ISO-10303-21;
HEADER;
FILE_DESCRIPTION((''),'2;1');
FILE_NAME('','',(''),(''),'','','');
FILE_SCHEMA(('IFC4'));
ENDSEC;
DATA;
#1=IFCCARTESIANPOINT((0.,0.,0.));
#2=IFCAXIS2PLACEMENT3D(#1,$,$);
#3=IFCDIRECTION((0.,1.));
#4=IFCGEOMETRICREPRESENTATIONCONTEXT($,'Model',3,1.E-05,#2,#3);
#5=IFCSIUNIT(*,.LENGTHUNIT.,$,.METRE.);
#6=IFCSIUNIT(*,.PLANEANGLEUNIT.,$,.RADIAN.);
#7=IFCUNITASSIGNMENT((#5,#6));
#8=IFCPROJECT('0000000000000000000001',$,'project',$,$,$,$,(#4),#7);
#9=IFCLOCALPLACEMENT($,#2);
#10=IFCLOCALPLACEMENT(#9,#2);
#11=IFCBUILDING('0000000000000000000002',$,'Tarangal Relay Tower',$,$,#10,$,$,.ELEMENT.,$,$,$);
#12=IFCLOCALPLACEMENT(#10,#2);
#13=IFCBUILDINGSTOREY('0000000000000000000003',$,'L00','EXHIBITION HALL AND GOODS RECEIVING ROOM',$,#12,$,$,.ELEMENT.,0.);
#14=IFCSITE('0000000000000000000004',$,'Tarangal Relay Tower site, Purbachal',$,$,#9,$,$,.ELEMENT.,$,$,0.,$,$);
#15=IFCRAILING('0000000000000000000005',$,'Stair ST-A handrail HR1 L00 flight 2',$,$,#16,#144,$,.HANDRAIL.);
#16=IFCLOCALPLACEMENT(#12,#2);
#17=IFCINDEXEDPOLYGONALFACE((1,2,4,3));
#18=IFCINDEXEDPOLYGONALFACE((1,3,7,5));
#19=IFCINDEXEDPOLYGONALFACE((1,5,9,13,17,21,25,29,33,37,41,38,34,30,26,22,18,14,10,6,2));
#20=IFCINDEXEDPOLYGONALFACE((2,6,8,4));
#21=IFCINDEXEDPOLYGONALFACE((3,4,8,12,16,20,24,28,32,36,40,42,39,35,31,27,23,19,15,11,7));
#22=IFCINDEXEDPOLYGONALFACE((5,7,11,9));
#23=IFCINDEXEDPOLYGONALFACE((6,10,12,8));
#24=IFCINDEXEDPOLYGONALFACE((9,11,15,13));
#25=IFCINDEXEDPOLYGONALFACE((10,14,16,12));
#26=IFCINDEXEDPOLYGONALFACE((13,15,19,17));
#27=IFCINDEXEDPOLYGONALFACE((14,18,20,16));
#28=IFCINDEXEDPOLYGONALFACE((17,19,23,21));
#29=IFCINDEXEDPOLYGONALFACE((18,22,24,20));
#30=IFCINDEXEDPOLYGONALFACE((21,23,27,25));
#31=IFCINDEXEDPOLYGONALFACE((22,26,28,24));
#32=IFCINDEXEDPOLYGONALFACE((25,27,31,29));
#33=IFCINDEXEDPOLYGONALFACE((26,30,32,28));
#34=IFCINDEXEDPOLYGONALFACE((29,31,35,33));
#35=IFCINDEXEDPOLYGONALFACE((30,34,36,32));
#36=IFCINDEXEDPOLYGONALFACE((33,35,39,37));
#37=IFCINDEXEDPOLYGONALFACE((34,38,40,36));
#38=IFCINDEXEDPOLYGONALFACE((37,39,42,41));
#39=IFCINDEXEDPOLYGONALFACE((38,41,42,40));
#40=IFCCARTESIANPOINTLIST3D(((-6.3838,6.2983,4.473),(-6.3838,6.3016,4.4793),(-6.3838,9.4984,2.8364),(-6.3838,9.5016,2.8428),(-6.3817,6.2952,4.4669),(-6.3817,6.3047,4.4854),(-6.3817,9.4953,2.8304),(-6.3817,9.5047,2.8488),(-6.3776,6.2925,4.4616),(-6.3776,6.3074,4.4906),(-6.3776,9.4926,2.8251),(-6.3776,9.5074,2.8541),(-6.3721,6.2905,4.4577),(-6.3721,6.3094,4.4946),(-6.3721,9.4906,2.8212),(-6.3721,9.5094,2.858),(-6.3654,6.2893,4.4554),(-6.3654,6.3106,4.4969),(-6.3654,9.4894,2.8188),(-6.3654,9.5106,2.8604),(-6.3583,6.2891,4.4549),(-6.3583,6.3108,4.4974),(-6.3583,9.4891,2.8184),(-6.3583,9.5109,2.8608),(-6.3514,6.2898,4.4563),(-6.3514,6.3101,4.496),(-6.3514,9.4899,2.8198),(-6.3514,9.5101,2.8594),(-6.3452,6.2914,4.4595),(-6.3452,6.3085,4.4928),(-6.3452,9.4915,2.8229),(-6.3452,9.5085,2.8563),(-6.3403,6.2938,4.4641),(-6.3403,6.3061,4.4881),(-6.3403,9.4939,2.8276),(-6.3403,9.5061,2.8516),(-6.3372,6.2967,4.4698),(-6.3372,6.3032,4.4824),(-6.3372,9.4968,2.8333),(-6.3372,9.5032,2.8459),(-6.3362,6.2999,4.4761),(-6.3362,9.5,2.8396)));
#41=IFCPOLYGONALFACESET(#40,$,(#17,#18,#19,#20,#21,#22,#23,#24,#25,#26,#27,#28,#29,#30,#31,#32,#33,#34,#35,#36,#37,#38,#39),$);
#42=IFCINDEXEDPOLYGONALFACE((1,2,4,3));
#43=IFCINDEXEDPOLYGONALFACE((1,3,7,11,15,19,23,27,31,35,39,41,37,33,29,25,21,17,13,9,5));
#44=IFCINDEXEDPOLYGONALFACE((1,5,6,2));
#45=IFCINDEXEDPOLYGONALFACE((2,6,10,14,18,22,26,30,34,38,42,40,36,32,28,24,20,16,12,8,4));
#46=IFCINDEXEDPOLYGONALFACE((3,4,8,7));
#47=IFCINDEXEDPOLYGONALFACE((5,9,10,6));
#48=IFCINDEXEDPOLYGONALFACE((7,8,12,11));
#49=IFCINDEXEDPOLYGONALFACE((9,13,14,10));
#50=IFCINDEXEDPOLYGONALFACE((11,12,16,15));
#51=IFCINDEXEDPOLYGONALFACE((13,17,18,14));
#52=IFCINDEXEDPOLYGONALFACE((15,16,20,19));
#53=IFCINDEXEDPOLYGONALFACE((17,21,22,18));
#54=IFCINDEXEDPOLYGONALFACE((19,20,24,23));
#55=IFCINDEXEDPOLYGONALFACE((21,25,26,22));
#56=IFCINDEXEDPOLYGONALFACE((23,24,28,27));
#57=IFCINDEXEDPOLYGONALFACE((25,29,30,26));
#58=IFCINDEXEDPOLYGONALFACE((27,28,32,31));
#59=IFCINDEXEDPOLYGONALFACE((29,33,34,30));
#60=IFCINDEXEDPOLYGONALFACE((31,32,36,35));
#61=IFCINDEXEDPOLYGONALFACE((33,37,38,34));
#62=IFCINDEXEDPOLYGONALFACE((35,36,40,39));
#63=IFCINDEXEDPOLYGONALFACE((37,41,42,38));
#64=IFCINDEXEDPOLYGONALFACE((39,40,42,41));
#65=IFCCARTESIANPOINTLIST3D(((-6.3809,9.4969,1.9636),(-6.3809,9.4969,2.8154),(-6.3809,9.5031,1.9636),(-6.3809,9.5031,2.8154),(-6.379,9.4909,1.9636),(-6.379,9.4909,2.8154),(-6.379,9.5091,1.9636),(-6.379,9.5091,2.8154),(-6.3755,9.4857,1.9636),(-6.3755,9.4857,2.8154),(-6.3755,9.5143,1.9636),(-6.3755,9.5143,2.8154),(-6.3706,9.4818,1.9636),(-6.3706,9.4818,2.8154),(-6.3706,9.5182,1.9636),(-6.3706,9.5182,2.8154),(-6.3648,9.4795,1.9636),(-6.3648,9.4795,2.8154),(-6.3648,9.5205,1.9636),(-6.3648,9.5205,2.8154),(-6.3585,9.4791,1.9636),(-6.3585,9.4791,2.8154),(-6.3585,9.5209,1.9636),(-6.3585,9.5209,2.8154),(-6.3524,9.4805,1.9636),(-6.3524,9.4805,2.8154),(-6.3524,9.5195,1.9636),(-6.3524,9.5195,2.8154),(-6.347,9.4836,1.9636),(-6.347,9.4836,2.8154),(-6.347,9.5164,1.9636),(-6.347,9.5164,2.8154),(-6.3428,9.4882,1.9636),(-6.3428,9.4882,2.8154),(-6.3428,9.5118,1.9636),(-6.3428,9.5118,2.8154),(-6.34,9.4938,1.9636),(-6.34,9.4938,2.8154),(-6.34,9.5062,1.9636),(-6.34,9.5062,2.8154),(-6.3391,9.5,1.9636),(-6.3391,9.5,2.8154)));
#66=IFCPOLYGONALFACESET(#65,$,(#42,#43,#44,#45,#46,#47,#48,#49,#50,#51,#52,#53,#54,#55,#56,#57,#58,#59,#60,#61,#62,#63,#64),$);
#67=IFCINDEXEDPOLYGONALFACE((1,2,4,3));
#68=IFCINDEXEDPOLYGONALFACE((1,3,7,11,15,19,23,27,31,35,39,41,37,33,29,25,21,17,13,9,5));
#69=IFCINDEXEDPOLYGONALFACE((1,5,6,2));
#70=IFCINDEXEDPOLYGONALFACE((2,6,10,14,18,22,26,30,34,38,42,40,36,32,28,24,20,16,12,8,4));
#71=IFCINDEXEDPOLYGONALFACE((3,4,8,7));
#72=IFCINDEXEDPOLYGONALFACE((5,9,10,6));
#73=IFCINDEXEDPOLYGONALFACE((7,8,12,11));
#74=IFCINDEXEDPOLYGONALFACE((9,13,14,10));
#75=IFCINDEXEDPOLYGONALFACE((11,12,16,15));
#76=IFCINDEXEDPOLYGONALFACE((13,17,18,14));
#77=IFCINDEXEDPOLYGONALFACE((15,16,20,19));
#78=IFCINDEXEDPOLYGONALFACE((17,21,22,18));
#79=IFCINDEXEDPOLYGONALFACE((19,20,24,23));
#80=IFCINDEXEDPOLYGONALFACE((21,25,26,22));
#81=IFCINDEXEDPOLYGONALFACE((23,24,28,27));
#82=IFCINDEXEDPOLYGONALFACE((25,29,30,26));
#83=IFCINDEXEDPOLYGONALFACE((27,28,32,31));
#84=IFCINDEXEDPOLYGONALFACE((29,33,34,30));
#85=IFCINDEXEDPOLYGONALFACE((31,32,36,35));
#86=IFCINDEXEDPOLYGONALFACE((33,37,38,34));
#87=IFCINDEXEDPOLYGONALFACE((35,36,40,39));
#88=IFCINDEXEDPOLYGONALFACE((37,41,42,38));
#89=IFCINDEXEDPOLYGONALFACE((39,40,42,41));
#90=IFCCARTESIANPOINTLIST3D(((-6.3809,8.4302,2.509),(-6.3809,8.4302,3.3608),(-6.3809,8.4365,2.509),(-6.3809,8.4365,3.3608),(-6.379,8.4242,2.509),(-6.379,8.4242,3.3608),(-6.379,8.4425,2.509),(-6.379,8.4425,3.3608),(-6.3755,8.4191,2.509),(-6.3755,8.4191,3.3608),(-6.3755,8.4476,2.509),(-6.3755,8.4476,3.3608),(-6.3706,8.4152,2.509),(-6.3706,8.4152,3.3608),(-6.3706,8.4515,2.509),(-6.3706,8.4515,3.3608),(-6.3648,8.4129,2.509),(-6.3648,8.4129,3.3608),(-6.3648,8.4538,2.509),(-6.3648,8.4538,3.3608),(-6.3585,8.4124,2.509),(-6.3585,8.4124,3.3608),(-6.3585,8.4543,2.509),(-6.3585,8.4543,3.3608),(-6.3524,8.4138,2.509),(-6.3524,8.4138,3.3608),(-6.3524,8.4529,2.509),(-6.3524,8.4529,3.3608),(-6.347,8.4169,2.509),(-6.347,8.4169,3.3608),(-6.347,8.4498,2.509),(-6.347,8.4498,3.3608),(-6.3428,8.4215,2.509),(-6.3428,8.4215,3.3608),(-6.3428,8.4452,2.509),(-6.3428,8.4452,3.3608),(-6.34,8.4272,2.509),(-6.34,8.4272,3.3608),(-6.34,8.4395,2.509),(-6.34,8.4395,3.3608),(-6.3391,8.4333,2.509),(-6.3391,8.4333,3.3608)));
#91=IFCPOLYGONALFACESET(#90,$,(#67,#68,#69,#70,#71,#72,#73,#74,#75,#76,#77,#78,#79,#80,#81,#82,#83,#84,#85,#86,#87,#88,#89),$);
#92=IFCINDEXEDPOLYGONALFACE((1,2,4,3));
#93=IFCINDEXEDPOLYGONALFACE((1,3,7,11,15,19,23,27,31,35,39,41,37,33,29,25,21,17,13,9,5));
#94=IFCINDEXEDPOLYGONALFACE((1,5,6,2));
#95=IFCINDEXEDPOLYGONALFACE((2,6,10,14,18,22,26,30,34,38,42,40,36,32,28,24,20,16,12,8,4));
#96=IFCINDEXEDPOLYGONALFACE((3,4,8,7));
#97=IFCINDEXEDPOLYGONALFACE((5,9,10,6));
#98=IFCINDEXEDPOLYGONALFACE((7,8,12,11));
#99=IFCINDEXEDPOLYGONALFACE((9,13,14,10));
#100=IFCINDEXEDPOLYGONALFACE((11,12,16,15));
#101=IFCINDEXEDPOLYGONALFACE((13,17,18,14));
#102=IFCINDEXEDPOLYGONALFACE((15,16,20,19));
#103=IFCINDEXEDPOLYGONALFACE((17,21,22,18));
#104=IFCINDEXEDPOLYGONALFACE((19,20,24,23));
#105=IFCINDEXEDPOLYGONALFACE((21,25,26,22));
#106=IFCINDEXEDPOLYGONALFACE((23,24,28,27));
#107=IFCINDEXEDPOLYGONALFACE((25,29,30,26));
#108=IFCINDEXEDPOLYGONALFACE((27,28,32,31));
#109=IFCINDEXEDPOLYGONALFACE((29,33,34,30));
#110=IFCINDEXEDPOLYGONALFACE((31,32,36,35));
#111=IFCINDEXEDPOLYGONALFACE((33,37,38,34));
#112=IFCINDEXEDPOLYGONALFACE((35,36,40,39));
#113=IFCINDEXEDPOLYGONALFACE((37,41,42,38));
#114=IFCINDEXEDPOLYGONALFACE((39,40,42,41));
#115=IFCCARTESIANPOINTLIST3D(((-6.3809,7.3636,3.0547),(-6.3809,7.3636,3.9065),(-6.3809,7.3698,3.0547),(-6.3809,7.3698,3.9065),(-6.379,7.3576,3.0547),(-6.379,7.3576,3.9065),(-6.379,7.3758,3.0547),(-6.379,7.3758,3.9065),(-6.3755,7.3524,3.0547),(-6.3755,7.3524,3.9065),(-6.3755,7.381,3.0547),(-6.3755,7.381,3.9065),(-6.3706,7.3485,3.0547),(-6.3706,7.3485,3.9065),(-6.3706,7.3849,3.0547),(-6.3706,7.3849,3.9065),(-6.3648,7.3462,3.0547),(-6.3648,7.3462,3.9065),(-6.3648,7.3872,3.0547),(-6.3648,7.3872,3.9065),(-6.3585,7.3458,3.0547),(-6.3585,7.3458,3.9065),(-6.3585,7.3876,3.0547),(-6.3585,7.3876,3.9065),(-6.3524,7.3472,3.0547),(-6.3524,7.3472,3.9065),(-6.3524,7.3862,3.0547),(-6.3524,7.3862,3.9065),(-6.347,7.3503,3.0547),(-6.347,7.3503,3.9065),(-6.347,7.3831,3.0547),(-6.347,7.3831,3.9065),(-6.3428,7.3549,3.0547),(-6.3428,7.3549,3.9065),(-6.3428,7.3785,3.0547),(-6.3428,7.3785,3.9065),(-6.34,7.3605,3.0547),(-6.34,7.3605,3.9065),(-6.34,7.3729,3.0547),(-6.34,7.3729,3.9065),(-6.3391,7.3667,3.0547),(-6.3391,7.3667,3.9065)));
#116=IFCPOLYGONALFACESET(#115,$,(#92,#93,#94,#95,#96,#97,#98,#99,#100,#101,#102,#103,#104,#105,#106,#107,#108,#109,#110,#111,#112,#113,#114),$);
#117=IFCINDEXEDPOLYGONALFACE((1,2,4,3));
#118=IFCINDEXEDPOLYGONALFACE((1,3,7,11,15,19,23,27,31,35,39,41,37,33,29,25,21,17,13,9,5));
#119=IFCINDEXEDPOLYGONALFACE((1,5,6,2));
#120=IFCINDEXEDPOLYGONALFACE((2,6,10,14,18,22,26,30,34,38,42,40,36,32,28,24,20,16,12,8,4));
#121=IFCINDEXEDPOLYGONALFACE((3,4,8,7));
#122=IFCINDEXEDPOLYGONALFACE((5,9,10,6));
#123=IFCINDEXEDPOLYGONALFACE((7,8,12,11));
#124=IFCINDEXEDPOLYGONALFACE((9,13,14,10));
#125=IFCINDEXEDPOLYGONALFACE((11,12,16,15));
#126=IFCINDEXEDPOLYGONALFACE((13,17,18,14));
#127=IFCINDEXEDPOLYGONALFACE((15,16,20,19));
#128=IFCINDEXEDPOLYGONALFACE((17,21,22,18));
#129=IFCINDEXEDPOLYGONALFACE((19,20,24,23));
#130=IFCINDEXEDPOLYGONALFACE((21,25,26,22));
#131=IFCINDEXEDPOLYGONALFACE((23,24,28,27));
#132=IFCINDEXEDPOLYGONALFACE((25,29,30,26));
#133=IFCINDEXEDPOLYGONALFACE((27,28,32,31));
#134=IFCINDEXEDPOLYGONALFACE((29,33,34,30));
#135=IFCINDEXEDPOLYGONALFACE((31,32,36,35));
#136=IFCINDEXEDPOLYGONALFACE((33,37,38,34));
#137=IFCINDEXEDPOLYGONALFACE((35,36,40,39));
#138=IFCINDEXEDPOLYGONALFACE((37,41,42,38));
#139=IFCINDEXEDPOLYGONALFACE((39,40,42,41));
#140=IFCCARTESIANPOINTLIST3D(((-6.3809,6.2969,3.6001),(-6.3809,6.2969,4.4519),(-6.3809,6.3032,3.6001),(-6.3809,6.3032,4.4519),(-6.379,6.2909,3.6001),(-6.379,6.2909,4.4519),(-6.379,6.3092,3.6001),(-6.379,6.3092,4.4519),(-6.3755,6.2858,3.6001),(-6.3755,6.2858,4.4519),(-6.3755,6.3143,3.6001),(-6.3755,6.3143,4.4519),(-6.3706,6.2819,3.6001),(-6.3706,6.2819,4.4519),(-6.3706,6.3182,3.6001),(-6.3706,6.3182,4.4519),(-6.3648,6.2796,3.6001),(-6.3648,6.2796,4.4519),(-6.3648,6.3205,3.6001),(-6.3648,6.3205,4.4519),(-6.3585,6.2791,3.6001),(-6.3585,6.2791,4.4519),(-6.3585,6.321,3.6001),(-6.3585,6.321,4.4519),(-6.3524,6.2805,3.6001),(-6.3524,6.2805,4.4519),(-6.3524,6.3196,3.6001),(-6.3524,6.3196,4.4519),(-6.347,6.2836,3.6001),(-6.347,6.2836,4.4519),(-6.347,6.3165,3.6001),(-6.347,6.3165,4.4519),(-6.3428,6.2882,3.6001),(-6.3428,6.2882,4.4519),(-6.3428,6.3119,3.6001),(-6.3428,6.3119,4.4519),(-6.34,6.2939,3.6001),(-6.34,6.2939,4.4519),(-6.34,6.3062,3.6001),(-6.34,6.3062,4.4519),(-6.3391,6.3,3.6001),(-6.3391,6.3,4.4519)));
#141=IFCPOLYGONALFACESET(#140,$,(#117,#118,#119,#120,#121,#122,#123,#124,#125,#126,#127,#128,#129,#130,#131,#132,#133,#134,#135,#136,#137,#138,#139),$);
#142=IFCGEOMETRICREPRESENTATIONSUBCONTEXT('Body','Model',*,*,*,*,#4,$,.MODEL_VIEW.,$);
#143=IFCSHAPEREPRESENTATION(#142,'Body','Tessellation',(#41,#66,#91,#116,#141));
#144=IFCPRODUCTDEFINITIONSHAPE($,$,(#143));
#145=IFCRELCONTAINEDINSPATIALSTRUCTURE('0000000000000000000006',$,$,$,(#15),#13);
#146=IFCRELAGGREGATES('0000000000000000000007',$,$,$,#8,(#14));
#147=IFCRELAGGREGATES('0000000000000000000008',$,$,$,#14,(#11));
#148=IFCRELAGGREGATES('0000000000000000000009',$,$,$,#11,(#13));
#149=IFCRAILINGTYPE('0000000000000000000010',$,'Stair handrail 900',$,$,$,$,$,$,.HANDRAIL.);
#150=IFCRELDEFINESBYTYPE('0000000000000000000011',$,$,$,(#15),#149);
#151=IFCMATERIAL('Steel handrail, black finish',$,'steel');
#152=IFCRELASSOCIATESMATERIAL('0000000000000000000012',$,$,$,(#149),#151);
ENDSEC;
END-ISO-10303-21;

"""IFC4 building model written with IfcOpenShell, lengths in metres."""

from ifc_helpers import new_model, si_unit, direction, frame, origin, origin_2d, place, context, subcontext, project, spatial, circle, extrude, material, type_object, element, save


model = new_model("IFC4")

# Units and contexts
model_context = context("Model", 3, precision=1e-05, world=origin(), true_north=direction((0.0, 1.0)))
body_context = subcontext(model_context, "Body", "Model", "MODEL_VIEW")
ifc_project = project(units=[si_unit("LENGTHUNIT", "METRE"), si_unit("PLANEANGLEUNIT", "RADIAN")], contexts=[model_context])

# Site, building, storey
site_placement = place(None, origin())
site = spatial("IfcSite", under=ifc_project, at=site_placement, Name="Tarangal Relay Tower site, Purbachal", CompositionType="ELEMENT", RefElevation=0.0)
building_placement = place(site_placement, origin())
building = spatial("IfcBuilding", under=site, at=building_placement, Name="Tarangal Relay Tower", CompositionType="ELEMENT")
storey_placement = place(building_placement, origin())
storey = spatial("IfcBuildingStorey", under=building, at=storey_placement, Name="L00", Description="EXHIBITION HALL AND GOODS RECEIVING ROOM", CompositionType="ELEMENT", Elevation=0.0)

# Railing
ifc_material_1 = material(Name="Steel handrail, black finish", Category="steel")
railing_type_1 = type_object("IfcRailingType", Name="Stair handrail 900", PredefinedType="HANDRAIL", material=ifc_material_1)
railing_1_placement = place(storey_placement, frame((-6.3601, 9.5, 1.9636)))
element("IfcRailing", 1, at=railing_1_placement, inside=storey, type_object=railing_type_1, Name="Stair ST-A handrail HR1 L00 flight 2", PredefinedType="HANDRAIL", context=body_context, shape_type="SweptSolid", body=[
    extrude(circle(Radius=0.0239, at=origin_2d()), frame((0.0, 0.0, 0.876), z_axis=(0.0, -0.890328, 0.455319), x_axis=(1.0, 0.0, 0.0)), (0.0, 0.0, 1.0), 3.5942),
    extrude(circle(Radius=0.021, at=origin_2d()), origin(), (0.0, 0.0, 1.0), 0.8518),
    extrude(circle(Radius=0.021, at=origin_2d()), frame((0.0, -1.0667, 0.5454)), (0.0, 0.0, 1.0), 0.8518),
    extrude(circle(Radius=0.021, at=origin_2d()), frame((0.0, -2.1333, 1.0911)), (0.0, 0.0, 1.0), 0.8518),
    extrude(circle(Radius=0.021, at=origin_2d()), frame((0.0, -3.2, 1.6365)), (0.0, 0.0, 1.0), 0.8518),
])

save(model, "model.ifc")
